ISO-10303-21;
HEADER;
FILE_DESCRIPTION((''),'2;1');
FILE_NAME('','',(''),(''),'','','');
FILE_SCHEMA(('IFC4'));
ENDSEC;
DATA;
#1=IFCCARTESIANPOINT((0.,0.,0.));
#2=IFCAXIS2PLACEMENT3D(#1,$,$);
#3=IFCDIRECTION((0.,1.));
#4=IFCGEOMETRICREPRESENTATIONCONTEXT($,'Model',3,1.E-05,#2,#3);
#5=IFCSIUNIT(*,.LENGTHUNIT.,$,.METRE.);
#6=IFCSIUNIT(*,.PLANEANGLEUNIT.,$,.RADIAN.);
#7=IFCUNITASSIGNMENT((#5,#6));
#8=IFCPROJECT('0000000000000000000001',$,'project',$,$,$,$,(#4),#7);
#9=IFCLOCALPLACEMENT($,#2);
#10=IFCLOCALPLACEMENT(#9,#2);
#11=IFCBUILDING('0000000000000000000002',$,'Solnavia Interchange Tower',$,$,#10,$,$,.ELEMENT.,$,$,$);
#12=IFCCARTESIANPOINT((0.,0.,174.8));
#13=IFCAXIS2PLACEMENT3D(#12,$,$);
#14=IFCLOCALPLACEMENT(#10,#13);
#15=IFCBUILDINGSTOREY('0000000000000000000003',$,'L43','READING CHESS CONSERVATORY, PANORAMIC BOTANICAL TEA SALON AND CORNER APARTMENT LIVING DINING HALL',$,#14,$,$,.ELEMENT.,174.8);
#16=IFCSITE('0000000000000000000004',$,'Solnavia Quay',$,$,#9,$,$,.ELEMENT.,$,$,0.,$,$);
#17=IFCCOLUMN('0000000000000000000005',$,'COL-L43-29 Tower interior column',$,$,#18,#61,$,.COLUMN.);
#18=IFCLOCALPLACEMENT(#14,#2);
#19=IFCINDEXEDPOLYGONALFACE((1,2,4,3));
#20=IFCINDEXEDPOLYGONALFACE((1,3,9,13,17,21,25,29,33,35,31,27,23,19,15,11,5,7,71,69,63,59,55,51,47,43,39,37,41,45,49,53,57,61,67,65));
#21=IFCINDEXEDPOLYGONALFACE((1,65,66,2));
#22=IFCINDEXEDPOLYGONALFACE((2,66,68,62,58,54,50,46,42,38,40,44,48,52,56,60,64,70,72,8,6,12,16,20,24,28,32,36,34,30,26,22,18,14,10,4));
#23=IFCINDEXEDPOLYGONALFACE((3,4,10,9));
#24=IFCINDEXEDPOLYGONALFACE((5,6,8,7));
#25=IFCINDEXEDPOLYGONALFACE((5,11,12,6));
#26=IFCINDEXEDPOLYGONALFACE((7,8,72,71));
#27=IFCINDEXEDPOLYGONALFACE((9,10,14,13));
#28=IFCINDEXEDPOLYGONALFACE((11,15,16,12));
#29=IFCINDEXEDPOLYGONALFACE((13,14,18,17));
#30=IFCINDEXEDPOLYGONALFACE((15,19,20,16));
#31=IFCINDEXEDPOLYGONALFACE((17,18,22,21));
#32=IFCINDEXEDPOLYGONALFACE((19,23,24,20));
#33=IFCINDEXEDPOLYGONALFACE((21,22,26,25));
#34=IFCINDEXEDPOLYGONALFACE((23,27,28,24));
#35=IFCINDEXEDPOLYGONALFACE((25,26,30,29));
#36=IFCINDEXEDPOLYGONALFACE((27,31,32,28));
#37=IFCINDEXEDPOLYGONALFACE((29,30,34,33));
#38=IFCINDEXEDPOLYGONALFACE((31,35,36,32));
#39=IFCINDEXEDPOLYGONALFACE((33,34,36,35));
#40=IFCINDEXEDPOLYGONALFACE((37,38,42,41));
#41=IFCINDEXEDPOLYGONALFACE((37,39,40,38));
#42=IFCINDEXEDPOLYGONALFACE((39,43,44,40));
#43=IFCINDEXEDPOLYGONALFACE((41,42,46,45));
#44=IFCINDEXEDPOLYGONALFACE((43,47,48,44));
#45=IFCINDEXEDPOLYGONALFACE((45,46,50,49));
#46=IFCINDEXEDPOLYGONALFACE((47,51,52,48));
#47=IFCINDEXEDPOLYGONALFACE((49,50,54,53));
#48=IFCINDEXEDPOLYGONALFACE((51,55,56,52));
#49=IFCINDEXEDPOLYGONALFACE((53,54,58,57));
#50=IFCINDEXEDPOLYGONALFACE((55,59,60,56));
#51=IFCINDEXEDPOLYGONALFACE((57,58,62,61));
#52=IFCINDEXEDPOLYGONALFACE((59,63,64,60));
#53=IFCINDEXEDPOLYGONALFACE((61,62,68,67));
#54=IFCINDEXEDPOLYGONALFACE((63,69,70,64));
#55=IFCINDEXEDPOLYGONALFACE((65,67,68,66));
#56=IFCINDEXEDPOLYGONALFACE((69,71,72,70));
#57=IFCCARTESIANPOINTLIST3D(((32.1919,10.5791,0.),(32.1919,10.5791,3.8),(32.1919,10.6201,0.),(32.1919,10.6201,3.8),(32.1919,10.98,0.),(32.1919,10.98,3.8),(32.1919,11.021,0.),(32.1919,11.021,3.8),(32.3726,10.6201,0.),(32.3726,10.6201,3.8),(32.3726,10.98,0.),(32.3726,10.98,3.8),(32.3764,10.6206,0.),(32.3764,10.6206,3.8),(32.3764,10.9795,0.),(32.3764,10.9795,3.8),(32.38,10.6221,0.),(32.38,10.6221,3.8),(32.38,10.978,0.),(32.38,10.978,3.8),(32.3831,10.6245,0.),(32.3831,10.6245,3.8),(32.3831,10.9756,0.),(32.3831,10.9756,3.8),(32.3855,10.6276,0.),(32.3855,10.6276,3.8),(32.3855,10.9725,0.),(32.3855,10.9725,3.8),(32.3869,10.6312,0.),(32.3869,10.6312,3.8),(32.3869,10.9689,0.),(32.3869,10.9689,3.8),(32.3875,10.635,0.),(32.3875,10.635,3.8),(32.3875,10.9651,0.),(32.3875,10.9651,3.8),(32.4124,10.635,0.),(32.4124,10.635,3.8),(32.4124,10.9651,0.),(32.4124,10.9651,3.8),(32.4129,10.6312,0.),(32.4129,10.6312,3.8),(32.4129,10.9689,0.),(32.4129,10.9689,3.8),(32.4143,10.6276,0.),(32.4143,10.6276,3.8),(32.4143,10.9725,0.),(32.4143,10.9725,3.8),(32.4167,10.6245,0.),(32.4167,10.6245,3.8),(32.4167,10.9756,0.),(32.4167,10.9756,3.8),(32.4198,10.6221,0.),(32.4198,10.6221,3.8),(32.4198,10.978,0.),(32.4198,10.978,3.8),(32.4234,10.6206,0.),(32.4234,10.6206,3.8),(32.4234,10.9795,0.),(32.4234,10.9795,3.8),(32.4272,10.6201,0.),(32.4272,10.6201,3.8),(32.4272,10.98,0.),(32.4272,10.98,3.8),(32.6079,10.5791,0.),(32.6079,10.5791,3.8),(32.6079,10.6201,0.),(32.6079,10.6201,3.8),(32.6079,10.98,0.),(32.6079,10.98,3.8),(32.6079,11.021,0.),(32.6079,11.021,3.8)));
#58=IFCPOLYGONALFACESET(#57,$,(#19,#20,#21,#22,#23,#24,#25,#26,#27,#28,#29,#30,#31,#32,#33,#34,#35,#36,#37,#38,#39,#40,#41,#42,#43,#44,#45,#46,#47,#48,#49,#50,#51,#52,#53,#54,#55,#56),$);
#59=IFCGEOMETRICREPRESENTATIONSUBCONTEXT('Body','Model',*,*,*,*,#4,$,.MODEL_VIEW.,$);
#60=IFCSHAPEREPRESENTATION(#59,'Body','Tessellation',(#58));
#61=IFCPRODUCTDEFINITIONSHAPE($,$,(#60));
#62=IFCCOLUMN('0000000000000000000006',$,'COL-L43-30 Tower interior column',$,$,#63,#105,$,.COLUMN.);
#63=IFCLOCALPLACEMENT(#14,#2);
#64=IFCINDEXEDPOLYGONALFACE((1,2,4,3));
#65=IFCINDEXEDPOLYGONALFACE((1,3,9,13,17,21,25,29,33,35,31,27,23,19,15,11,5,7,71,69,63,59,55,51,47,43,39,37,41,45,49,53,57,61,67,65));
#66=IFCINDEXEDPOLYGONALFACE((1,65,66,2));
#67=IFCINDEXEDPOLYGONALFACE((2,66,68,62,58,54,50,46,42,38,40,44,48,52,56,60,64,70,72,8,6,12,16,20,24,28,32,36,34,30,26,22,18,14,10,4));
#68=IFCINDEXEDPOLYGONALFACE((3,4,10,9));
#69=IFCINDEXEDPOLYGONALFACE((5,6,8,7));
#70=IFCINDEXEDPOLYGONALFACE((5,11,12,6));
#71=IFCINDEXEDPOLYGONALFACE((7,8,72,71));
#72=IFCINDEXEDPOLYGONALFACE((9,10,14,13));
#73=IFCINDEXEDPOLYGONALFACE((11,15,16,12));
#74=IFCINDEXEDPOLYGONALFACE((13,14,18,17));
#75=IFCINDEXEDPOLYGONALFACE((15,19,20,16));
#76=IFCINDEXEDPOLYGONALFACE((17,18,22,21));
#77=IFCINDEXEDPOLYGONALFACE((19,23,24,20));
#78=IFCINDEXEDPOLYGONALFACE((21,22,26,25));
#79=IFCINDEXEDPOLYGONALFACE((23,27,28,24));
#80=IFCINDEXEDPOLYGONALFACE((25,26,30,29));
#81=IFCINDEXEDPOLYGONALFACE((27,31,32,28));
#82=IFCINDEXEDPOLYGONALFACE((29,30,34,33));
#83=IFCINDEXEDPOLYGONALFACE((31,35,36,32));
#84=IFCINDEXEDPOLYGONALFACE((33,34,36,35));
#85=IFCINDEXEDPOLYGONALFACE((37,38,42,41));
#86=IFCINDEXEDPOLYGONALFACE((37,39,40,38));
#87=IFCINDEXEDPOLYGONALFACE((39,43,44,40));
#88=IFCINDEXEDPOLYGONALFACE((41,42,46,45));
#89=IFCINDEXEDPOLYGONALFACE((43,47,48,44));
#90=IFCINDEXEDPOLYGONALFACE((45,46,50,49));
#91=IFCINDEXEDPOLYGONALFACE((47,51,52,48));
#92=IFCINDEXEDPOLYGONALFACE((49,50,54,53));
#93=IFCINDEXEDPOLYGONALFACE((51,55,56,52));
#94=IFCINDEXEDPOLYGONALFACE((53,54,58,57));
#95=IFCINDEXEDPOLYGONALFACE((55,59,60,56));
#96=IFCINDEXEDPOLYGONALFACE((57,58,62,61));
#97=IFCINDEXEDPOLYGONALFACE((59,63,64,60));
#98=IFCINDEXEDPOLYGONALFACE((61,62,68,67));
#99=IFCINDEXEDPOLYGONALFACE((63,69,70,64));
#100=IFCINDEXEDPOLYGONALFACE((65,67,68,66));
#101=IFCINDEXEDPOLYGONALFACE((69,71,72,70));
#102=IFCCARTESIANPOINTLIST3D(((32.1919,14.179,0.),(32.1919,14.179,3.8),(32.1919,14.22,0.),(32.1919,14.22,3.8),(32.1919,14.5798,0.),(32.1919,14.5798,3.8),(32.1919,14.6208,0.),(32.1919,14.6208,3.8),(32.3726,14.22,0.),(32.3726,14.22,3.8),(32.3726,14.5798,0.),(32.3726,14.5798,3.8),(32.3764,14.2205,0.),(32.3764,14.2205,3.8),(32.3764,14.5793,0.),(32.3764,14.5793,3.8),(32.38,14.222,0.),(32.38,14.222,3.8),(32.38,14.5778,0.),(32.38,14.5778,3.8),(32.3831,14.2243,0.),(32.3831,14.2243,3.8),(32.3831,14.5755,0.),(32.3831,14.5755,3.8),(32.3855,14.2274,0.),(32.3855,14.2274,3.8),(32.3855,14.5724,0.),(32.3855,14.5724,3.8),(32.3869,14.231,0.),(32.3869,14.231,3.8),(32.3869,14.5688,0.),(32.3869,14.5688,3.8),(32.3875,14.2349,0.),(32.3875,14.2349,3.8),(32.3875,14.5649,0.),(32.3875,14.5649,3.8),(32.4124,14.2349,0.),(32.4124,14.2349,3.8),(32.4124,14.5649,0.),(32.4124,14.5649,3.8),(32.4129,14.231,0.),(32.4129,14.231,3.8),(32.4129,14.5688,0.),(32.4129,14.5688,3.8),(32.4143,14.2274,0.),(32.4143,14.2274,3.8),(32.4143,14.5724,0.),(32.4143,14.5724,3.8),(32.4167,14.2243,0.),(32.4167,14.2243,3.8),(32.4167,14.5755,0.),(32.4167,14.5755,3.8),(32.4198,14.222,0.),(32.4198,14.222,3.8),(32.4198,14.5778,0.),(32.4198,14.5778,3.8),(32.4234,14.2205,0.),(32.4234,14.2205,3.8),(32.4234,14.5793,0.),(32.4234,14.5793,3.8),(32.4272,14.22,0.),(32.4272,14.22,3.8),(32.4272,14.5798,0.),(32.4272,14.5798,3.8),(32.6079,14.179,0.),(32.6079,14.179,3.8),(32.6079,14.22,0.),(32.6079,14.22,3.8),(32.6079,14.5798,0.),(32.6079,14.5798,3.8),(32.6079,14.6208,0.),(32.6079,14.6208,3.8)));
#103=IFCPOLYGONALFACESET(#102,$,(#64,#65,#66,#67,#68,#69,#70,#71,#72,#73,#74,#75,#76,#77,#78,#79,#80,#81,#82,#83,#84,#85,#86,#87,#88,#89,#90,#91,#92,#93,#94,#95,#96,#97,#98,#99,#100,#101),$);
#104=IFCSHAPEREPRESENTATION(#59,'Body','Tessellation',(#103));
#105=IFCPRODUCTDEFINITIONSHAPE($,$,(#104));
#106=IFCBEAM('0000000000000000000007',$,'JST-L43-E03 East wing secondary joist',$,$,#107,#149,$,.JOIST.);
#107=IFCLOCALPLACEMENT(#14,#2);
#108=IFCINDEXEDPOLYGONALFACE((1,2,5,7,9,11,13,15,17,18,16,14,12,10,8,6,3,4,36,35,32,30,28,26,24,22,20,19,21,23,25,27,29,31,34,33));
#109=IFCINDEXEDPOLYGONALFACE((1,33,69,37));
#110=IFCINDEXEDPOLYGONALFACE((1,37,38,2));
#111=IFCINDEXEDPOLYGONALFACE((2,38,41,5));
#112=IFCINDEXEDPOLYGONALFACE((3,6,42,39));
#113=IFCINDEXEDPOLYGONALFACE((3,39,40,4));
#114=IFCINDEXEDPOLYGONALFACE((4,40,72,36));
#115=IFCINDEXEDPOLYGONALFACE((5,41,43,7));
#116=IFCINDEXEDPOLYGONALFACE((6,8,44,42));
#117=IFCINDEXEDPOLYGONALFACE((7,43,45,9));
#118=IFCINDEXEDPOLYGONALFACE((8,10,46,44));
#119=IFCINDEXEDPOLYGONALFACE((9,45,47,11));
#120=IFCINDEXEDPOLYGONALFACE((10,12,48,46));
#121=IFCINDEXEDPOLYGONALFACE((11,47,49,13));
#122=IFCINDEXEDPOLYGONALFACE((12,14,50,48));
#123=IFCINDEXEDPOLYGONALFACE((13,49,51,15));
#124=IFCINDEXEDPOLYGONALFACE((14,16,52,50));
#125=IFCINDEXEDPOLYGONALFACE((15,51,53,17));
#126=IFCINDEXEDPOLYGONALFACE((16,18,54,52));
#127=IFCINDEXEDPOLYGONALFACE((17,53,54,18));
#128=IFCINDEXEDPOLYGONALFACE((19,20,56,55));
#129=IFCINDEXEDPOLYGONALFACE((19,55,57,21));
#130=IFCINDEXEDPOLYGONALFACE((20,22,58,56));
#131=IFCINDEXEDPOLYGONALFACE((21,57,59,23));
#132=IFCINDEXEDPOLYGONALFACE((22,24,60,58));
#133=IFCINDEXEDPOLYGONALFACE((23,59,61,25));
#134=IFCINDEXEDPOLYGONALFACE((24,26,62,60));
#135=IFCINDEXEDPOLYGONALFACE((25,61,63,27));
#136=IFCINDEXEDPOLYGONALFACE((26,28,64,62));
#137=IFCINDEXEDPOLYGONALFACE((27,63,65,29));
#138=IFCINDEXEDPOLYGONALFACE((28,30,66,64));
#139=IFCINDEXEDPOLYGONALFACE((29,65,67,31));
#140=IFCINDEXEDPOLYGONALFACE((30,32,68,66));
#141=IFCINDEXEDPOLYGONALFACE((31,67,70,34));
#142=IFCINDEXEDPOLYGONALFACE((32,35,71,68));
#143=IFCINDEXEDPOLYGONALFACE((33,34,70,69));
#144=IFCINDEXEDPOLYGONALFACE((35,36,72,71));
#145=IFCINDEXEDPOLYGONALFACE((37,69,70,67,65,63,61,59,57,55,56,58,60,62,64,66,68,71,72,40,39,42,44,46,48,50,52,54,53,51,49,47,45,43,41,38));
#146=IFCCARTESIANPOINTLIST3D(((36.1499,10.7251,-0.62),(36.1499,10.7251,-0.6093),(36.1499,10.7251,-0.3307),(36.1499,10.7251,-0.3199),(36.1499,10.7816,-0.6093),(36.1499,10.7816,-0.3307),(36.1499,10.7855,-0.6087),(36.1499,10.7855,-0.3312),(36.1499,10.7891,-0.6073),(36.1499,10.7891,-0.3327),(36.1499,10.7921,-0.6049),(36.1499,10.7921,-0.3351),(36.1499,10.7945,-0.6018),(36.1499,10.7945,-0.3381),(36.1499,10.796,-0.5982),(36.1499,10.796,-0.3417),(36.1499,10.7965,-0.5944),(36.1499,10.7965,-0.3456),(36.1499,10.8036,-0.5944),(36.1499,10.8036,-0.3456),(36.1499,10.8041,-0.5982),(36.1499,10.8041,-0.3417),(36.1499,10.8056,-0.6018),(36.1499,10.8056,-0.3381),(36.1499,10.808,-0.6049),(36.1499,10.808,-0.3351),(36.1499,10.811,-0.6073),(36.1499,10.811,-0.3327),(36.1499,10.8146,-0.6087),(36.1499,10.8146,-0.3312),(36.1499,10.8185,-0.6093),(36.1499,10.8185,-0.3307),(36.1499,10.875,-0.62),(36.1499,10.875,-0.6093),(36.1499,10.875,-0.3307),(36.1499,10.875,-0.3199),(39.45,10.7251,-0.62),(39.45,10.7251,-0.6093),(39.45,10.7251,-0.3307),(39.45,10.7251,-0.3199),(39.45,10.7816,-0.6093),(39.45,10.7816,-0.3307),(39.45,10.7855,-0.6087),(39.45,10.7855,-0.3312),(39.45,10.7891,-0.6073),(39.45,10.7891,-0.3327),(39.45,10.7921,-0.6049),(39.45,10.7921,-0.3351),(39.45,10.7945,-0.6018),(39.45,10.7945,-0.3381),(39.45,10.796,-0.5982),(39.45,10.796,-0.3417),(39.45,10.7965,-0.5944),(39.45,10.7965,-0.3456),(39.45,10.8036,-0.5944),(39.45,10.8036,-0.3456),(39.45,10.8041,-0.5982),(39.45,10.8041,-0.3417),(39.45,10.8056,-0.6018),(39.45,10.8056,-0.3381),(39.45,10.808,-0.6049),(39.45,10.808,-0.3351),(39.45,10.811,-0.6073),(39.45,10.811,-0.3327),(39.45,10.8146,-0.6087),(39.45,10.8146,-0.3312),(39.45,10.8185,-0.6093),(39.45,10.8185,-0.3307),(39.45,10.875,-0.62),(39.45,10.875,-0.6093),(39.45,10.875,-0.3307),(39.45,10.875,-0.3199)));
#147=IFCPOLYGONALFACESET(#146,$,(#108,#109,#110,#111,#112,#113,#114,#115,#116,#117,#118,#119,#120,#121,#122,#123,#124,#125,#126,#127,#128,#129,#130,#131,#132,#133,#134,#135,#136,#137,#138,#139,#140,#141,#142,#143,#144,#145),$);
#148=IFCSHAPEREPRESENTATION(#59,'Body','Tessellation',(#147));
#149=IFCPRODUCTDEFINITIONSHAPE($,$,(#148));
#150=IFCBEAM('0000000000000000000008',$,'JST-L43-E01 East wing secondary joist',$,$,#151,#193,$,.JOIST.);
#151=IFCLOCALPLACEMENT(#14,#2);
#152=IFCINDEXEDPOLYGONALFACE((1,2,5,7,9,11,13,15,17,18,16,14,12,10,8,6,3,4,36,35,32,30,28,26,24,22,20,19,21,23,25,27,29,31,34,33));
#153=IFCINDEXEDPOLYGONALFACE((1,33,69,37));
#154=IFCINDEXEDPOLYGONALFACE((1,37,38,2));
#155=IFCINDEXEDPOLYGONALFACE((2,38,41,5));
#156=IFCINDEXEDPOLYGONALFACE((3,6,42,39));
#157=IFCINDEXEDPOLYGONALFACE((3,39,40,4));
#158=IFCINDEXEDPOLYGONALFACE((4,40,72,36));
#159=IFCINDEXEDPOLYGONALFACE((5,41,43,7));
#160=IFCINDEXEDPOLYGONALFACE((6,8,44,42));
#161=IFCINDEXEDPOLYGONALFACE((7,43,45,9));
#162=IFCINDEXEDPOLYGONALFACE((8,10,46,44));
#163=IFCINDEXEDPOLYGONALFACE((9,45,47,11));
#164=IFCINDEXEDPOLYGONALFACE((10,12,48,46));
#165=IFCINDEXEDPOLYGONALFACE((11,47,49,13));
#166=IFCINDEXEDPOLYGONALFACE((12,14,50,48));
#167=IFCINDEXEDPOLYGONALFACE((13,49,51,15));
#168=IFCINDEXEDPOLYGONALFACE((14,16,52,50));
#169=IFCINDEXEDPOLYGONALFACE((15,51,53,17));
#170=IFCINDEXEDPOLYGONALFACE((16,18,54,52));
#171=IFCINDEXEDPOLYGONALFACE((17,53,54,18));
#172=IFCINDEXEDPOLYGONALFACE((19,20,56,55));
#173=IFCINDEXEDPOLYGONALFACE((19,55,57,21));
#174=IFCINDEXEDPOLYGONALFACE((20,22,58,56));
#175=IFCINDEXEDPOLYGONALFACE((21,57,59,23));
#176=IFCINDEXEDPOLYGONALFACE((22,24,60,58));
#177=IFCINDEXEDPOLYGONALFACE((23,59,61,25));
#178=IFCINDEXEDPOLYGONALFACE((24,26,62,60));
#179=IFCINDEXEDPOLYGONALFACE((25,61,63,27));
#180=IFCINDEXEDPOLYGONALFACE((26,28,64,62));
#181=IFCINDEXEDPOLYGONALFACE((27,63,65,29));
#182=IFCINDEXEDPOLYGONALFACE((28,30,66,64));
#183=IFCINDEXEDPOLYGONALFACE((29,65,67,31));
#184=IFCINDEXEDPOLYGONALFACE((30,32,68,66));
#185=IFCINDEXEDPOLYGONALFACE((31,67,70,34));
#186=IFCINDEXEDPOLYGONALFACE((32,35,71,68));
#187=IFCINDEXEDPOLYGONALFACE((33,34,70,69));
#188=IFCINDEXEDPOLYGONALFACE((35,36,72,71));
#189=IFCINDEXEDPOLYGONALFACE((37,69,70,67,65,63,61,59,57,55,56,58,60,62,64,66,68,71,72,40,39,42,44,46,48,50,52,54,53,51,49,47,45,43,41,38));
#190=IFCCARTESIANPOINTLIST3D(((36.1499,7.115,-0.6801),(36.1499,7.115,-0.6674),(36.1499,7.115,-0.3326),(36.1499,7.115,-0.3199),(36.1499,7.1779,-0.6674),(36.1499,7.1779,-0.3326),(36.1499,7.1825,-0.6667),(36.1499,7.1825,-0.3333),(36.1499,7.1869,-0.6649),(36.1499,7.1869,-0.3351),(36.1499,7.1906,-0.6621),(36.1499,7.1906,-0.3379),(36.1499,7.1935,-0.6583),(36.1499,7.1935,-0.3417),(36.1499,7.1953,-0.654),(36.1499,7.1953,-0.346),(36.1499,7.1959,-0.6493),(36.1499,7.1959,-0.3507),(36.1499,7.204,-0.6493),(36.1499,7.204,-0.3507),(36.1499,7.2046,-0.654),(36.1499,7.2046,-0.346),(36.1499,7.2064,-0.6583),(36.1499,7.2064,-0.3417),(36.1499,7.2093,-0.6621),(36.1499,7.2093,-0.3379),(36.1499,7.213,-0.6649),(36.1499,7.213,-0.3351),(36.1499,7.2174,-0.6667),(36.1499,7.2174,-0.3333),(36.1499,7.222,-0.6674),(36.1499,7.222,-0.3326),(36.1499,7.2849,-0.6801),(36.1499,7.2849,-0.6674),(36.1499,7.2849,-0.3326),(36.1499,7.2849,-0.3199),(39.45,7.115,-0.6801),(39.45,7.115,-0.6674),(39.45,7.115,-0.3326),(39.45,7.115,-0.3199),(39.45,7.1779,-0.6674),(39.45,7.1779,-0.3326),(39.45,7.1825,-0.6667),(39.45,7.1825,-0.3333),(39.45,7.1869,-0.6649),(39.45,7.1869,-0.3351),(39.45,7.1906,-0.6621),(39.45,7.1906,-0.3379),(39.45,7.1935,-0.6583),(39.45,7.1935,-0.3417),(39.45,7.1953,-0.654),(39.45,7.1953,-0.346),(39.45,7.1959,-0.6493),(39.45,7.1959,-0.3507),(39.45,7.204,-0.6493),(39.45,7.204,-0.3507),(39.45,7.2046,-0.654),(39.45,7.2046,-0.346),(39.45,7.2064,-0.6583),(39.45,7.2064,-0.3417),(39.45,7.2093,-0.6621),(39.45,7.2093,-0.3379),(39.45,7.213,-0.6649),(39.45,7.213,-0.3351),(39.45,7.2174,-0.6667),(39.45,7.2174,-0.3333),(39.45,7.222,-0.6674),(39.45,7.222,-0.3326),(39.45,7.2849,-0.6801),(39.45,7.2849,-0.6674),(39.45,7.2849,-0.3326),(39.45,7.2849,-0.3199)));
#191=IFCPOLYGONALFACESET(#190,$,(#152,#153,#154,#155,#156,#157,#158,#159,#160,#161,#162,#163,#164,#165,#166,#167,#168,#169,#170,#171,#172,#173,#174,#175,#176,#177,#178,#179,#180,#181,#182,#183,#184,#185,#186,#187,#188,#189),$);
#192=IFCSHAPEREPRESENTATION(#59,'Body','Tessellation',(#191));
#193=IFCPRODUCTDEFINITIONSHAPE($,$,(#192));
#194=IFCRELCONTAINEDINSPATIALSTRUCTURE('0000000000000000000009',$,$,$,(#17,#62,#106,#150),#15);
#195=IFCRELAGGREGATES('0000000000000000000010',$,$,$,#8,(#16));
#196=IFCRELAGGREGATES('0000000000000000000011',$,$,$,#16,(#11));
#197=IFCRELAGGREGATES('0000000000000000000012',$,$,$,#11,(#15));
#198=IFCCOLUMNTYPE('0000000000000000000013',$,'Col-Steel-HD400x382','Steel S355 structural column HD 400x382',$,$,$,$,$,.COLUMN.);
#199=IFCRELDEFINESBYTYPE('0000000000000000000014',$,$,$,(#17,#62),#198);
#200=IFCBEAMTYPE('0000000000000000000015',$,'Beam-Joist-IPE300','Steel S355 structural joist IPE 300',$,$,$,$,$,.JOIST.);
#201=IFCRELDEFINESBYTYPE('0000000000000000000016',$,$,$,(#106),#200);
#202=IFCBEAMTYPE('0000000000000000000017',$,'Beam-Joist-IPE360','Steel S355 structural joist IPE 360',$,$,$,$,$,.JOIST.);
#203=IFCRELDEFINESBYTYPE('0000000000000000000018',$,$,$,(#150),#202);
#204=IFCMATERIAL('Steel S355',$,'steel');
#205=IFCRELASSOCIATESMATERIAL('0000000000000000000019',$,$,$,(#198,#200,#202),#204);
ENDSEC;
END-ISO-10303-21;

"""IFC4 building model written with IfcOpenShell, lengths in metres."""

from ifc_helpers import new_model, si_unit, direction, frame, origin, origin_2d, place, context, subcontext, project, spatial, i_section, extrude, material, material_profile, profile_set, type_object, element, save


model = new_model("IFC4")

# Units and contexts
model_context = context("Model", 3, precision=1e-05, world=origin(), true_north=direction((0.0, 1.0)))
body_context = subcontext(model_context, "Body", "Model", "MODEL_VIEW")
ifc_project = project(units=[si_unit("LENGTHUNIT", "METRE"), si_unit("PLANEANGLEUNIT", "RADIAN")], contexts=[model_context])

# Site, building, storey
site_placement = place(None, origin())
site = spatial("IfcSite", under=ifc_project, at=site_placement, Name="Solnavia Quay", CompositionType="ELEMENT", RefElevation=0.0)
building_placement = place(site_placement, origin())
building = spatial("IfcBuilding", under=site, at=building_placement, Name="Solnavia Interchange Tower", CompositionType="ELEMENT")
storey_placement = place(building_placement, frame((0.0, 0.0, 174.8)))
storey = spatial("IfcBuildingStorey", under=building, at=storey_placement, Name="L43", Description="READING CHESS CONSERVATORY, PANORAMIC BOTANICAL TEA SALON AND CORNER APARTMENT LIVING DINING HALL", CompositionType="ELEMENT", Elevation=174.8)

# Columns
ifc_material_1 = material(Name="Steel S355", Category="steel")
ifc_material_profile_1 = material_profile(ifc_material_1, i_section(OverallWidth=0.416, OverallDepth=0.4419, WebThickness=0.0249, FlangeThickness=0.041, FilletRadius=0.0149, at=origin_2d()), Name="HD 400x382")
ifc_profile_set_1 = profile_set([ifc_material_profile_1], Name="Steel S355")
column_type = type_object("IfcColumnType", Name="Col-Steel-HD400x382", Description="Steel S355 structural column HD 400x382", PredefinedType="COLUMN", material=ifc_profile_set_1)
for number, where, z_axis, x_axis, name in (
    (1, (32.3999, 10.8, 0.0), (0.0, 0.0, 1.0), (1.0, 0.0, 0.0), "COL-L43-29 Tower interior column"),
    (2, (32.3999, 14.3999, 0.0), (0.0, 0.0, 1.0), (1.0, 0.0, 0.0), "COL-L43-30 Tower interior column"),
):
    element("IfcColumn", number, at=place(storey_placement, frame(where, z_axis=z_axis, x_axis=x_axis)), inside=storey, type_object=column_type, Name=name, PredefinedType="COLUMN", context=body_context, shape_type="SweptSolid", body=[
        extrude(i_section(OverallWidth=0.416, OverallDepth=0.4419, WebThickness=0.0249, FlangeThickness=0.041, FilletRadius=0.0149, at=origin_2d()), origin(), (0.0, 0.0, 1.0), 3.8),
    ])

# Beams
ifc_material_profile_2 = material_profile(ifc_material_1, i_section(OverallWidth=0.1499, OverallDepth=0.3, WebThickness=0.0071, FlangeThickness=0.0107, FilletRadius=0.0149, at=origin_2d()), Name="IPE 300")
ifc_profile_set_2 = profile_set([ifc_material_profile_2], Name="Steel S355")
beam_type_1 = type_object("IfcBeamType", Name="Beam-Joist-IPE300", Description="Steel S355 structural joist IPE 300", PredefinedType="JOIST", material=ifc_profile_set_2)
beam_1_placement = place(storey_placement, frame((36.1499, 10.8, -0.47), z_axis=(1.0, 0.0, 0.0), x_axis=(0.0, 1.0, 0.0)))
element("IfcBeam", 3, at=beam_1_placement, inside=storey, type_object=beam_type_1, Name="JST-L43-E03 East wing secondary joist", PredefinedType="JOIST", context=body_context, shape_type="SweptSolid", body=[
    extrude(i_section(OverallWidth=0.1499, OverallDepth=0.3, WebThickness=0.0071, FlangeThickness=0.0107, FilletRadius=0.0149, at=origin_2d()), origin(), (0.0, 0.0, 1.0), 3.3),
])
ifc_material_profile_3 = material_profile(ifc_material_1, i_section(OverallWidth=0.1699, OverallDepth=0.3601, WebThickness=0.0081, FlangeThickness=0.0127, FilletRadius=0.0181, at=origin_2d()), Name="IPE 360")
ifc_profile_set_3 = profile_set([ifc_material_profile_3], Name="Steel S355")
beam_type_2 = type_object("IfcBeamType", Name="Beam-Joist-IPE360", Description="Steel S355 structural joist IPE 360", PredefinedType="JOIST", material=ifc_profile_set_3)
beam_2_placement = place(storey_placement, frame((36.1499, 7.2, -0.5), z_axis=(1.0, 0.0, 0.0), x_axis=(0.0, 1.0, 0.0)))
element("IfcBeam", 4, at=beam_2_placement, inside=storey, type_object=beam_type_2, Name="JST-L43-E01 East wing secondary joist", PredefinedType="JOIST", context=body_context, shape_type="SweptSolid", body=[
    extrude(i_section(OverallWidth=0.1699, OverallDepth=0.3601, WebThickness=0.0081, FlangeThickness=0.0127, FilletRadius=0.0181, at=origin_2d()), origin(), (0.0, 0.0, 1.0), 3.3),
])

save(model, "model.ifc")
